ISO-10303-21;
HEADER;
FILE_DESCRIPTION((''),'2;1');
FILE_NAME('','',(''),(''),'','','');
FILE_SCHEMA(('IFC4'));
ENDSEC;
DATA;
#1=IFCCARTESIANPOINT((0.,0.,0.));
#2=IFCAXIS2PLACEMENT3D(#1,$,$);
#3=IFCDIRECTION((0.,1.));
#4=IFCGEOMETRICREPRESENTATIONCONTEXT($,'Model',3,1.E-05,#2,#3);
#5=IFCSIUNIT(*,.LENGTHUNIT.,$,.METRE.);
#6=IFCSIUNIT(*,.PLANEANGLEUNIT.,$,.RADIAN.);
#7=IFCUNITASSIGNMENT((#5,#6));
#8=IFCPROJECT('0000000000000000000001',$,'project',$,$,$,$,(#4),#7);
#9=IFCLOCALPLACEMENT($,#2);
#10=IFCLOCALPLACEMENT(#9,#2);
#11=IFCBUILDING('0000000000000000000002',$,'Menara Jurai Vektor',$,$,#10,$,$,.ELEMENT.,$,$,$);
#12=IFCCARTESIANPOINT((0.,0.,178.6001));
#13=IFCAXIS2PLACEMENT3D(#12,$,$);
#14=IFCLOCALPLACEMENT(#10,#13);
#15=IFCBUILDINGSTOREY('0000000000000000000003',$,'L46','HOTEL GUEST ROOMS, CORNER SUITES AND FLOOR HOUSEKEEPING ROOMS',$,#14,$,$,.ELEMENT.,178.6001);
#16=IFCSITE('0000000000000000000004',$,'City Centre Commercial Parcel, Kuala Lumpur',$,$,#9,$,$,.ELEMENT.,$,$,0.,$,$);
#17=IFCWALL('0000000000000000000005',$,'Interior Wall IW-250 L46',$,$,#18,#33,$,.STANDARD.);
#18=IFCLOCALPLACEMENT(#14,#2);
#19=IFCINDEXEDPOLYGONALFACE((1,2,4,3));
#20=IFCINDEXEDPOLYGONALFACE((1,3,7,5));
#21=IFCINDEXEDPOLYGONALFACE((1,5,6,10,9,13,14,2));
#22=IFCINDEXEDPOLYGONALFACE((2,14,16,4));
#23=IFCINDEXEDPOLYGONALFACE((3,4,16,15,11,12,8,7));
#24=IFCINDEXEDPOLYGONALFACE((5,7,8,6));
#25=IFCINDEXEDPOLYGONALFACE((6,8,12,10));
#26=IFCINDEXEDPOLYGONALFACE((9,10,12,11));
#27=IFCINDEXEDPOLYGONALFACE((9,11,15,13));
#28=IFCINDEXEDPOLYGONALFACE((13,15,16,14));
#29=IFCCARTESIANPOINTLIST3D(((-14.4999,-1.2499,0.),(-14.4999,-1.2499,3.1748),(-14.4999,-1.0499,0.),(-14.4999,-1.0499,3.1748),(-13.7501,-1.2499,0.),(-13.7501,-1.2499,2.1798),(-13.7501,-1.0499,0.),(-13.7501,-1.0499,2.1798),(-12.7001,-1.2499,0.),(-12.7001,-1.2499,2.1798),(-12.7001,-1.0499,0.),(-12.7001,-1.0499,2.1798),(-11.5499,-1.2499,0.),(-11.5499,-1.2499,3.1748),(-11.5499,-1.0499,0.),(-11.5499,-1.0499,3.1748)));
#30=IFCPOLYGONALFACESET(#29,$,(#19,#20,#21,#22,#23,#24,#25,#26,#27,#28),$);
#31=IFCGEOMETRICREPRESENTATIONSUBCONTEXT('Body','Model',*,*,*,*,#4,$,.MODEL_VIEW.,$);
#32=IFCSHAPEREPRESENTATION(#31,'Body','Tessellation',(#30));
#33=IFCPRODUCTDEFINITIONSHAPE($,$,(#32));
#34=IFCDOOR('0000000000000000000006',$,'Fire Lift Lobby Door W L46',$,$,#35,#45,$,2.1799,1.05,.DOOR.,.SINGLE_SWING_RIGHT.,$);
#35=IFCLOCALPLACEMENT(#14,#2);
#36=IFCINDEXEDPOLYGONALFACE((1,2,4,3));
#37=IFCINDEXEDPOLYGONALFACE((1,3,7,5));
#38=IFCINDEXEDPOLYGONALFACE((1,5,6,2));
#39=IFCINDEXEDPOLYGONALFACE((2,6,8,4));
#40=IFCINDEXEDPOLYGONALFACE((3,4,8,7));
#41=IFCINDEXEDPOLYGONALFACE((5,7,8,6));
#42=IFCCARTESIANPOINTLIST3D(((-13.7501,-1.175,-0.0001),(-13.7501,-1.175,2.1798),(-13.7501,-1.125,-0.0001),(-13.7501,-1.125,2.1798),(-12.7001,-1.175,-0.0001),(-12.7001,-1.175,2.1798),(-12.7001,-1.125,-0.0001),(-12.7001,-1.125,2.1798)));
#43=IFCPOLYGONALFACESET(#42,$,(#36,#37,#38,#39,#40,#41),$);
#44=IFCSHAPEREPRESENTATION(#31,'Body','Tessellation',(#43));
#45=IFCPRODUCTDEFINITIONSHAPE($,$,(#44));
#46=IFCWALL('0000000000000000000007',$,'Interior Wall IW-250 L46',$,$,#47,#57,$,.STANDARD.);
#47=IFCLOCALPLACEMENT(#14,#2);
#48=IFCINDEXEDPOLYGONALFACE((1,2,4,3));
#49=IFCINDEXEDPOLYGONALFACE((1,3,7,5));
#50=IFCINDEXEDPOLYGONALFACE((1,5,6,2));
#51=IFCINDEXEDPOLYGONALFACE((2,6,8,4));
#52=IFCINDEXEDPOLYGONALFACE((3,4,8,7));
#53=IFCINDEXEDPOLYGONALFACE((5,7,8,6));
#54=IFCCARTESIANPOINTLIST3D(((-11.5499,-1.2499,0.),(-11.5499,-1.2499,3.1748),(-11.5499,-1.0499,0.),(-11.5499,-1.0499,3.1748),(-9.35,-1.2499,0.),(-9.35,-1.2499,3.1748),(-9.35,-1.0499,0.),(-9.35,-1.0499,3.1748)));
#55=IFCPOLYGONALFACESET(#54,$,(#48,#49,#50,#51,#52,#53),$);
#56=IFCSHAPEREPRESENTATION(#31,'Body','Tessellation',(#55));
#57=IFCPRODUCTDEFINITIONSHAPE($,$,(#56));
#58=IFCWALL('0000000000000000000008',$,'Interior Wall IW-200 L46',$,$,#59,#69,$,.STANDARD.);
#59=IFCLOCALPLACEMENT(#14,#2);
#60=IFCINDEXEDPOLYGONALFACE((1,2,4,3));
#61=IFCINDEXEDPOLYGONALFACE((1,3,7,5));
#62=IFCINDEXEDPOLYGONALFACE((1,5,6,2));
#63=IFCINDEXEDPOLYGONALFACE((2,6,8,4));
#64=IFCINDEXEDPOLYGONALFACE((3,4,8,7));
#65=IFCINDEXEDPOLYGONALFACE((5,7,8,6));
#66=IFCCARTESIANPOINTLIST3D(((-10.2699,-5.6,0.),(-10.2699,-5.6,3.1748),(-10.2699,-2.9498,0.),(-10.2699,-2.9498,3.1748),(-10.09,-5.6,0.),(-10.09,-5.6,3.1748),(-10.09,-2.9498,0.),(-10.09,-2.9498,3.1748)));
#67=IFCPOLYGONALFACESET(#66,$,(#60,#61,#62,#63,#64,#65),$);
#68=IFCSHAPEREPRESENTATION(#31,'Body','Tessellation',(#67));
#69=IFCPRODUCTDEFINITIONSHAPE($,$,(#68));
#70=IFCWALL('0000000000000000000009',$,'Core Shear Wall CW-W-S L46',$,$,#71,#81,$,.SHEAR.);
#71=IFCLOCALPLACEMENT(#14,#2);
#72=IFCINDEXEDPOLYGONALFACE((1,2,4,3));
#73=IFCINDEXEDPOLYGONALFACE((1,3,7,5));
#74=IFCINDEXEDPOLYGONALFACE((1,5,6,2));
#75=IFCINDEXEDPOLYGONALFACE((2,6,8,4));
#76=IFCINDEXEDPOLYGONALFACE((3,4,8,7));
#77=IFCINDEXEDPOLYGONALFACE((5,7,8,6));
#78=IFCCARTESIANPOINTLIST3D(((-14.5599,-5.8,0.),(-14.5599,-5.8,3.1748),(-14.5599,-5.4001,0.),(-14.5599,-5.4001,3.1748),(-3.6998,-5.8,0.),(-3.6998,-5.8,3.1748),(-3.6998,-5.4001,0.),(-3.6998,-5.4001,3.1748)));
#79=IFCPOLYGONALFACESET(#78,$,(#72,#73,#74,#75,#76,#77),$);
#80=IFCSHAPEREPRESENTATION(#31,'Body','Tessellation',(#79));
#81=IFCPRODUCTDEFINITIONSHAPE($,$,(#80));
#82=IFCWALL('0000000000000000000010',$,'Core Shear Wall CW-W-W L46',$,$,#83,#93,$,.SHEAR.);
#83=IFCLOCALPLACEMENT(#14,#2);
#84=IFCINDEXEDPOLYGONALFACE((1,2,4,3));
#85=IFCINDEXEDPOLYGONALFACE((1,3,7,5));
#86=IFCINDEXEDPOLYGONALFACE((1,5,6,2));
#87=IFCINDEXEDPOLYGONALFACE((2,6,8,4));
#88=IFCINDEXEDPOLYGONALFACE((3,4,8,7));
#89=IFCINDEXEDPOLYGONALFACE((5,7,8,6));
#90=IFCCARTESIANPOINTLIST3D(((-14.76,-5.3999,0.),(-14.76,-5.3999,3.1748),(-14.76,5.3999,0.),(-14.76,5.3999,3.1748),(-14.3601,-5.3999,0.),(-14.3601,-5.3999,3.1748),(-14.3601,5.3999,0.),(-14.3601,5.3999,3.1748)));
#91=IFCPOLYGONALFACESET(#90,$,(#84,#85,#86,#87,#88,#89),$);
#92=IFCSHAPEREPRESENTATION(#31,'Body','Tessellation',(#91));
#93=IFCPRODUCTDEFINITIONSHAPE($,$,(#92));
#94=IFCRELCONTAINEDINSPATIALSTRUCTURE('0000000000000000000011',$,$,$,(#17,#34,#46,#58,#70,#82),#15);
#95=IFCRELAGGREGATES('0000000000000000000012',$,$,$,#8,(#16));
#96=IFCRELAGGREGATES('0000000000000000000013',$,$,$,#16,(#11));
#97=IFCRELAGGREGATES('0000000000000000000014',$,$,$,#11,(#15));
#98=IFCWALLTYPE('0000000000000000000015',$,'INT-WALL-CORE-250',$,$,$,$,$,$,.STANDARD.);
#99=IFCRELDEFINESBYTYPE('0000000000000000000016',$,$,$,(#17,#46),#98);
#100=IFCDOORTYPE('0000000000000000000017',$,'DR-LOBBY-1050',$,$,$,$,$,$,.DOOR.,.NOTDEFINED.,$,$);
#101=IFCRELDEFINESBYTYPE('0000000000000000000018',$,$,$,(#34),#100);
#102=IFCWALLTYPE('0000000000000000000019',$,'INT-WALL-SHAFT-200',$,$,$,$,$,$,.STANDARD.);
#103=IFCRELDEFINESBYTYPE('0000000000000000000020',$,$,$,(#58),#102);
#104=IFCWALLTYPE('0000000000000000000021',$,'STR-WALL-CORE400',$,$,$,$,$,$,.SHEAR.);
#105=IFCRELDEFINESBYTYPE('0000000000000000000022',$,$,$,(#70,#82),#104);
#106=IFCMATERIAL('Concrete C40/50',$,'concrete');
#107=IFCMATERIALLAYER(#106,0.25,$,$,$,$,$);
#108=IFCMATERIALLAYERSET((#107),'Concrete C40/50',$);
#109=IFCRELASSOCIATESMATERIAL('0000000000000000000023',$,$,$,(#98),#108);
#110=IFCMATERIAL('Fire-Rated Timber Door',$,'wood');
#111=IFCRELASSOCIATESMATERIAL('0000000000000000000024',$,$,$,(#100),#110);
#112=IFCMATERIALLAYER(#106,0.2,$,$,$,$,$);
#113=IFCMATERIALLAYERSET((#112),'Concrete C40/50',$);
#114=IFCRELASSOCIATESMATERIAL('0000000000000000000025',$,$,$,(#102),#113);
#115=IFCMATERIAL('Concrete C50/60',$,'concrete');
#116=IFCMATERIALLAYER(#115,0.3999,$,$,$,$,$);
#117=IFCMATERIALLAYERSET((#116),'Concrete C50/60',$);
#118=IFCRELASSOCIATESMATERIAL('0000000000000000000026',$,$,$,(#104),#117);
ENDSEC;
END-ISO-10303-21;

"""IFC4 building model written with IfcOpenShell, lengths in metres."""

from ifc_helpers import new_model, si_unit, direction, frame, frame_2d, origin, place, context, subcontext, project, spatial, rectangle, extrude, material, layer, layer_set, type_object, element, fill, save


model = new_model("IFC4")

# Units and contexts
model_context = context("Model", 3, precision=1e-05, world=origin(), true_north=direction((0.0, 1.0)))
body_context = subcontext(model_context, "Body", "Model", "MODEL_VIEW")
ifc_project = project(units=[si_unit("LENGTHUNIT", "METRE"), si_unit("PLANEANGLEUNIT", "RADIAN")], contexts=[model_context])

# Site, building, storey
site_placement = place(None, origin())
site = spatial("IfcSite", under=ifc_project, at=site_placement, Name="City Centre Commercial Parcel, Kuala Lumpur", CompositionType="ELEMENT", RefElevation=0.0)
building_placement = place(site_placement, origin())
building = spatial("IfcBuilding", under=site, at=building_placement, Name="Menara Jurai Vektor", CompositionType="ELEMENT")
storey_placement = place(building_placement, frame((0.0, 0.0, 178.6001)))
storey = spatial("IfcBuildingStorey", under=building, at=storey_placement, Name="L46", Description="HOTEL GUEST ROOMS, CORNER SUITES AND FLOOR HOUSEKEEPING ROOMS", CompositionType="ELEMENT", Elevation=178.6001)

# Shared definitions
ifc_material_1 = material(Name="Concrete C50/60", Category="concrete")

# Shared definitions
ifc_material_2 = material(Name="Concrete C40/50", Category="concrete")
ifc_layer_1 = layer(ifc_material_2, 0.25)
ifc_layer_set_1 = layer_set([ifc_layer_1], Name="Concrete C40/50")
wall_type_1 = type_object("IfcWallType", Name="INT-WALL-CORE-250", PredefinedType="STANDARD", material=ifc_layer_set_1)

# Wall, opening, door
wall_1_placement = place(storey_placement, frame((-14.5, -1.1499, 0.0), z_axis=(0.0, 0.0, 1.0), x_axis=(1.0, 0.0, 0.0)))
wall_1 = element("IfcWall", 1, at=wall_1_placement, inside=storey, type_object=wall_type_1, Name="Interior Wall IW-250 L46", PredefinedType="STANDARD", context=body_context, shape_type="SweptSolid", body=[
    extrude(rectangle(XDim=2.95, YDim=0.2, at=frame_2d((1.4751, 0.0))), origin(), (0.0, 0.0, 1.0), 3.1748),
])
opening_1_placement = place(wall_1_placement, frame((0.75, 0.0, 0.0)))
opening_1 = element("IfcOpeningElement", 2, at=opening_1_placement, cuts=wall_1, PredefinedType="OPENING", context=body_context, shape_type="SweptSolid", body=[
    extrude(rectangle(XDim=1.05, YDim=2.1799, at=frame_2d((0.5249, 1.0898))), frame((0.0, 0.1099, 0.0), z_axis=(0.0, -1.0, 0.0), x_axis=(1.0, 0.0, 0.0)), (0.0, 0.0, 1.0), 0.22),
])
ifc_material_3 = material(Name="Fire-Rated Timber Door", Category="wood")
door_type_1 = type_object("IfcDoorType", Name="DR-LOBBY-1050", OperationType="NOTDEFINED", PredefinedType="DOOR", material=ifc_material_3)
door_1_placement = place(opening_1_placement, origin())
door_1 = element("IfcDoor", 3, at=door_1_placement, inside=storey, type_object=door_type_1, Name="Fire Lift Lobby Door W L46", OperationType="SINGLE_SWING_RIGHT", OverallHeight=2.1799, OverallWidth=1.05, PredefinedType="DOOR", context=body_context, shape_type="SweptSolid", body=[
    extrude(rectangle(XDim=1.05, YDim=2.1799, at=frame_2d((0.5249, 1.0898))), frame((0.0, 0.0249, 0.0), z_axis=(0.0, -1.0, 0.0), x_axis=(1.0, 0.0, 0.0)), (0.0, 0.0, 1.0), 0.05),
])
fill(opening_1, door_1)

# Wall
wall_2_placement = place(storey_placement, frame((-11.55, -1.1499, 0.0), z_axis=(0.0, 0.0, 1.0), x_axis=(1.0, 0.0, 0.0)))
element("IfcWall", 4, at=wall_2_placement, inside=storey, type_object=wall_type_1, Name="Interior Wall IW-250 L46", PredefinedType="STANDARD", context=body_context, shape_type="SweptSolid", body=[
    extrude(rectangle(XDim=2.2, YDim=0.2, at=frame_2d((1.1001, 0.0))), origin(), (0.0, 0.0, 1.0), 3.1748),
])

# Shared definitions
ifc_layer_2 = layer(ifc_material_2, 0.2)
ifc_layer_set_2 = layer_set([ifc_layer_2], Name="Concrete C40/50")
wall_type_2 = type_object("IfcWallType", Name="INT-WALL-SHAFT-200", PredefinedType="STANDARD", material=ifc_layer_set_2)

# Walls
wall_3_placement = place(storey_placement, frame((-10.1799, -5.6001, 0.0), z_axis=(0.0, 0.0, 1.0), x_axis=(0.0, 1.0, 0.0)))
element("IfcWall", 5, at=wall_3_placement, inside=storey, type_object=wall_type_2, Name="Interior Wall IW-200 L46", PredefinedType="STANDARD", context=body_context, shape_type="SweptSolid", body=[
    extrude(rectangle(XDim=2.6501, YDim=0.1799, at=frame_2d((1.3252, 0.0))), origin(), (0.0, 0.0, 1.0), 3.1748),
])
ifc_layer_3 = layer(ifc_material_1, 0.3999)
ifc_layer_set_3 = layer_set([ifc_layer_3], Name="Concrete C50/60")
wall_type_3 = type_object("IfcWallType", Name="STR-WALL-CORE400", PredefinedType="SHEAR", material=ifc_layer_set_3)
wall_4_placement = place(storey_placement, frame((-14.5601, -5.6001, 0.0), z_axis=(0.0, 0.0, 1.0), x_axis=(1.0, 0.0, 0.0)))
element("IfcWall", 6, at=wall_4_placement, inside=storey, type_object=wall_type_3, Name="Core Shear Wall CW-W-S L46", PredefinedType="SHEAR", context=body_context, shape_type="SweptSolid", body=[
    extrude(rectangle(XDim=10.8601, YDim=0.3999, at=frame_2d((5.4302, 0.0))), origin(), (0.0, 0.0, 1.0), 3.1748),
])
wall_5_placement = place(storey_placement, frame((-14.5601, -5.3999, 0.0), z_axis=(0.0, 0.0, 1.0), x_axis=(0.0, 1.0, 0.0)))
element("IfcWall", 7, at=wall_5_placement, inside=storey, type_object=wall_type_3, Name="Core Shear Wall CW-W-W L46", PredefinedType="SHEAR", context=body_context, shape_type="SweptSolid", body=[
    extrude(rectangle(XDim=10.7998, YDim=0.3999, at=frame_2d((5.3999, 0.0))), origin(), (0.0, 0.0, 1.0), 3.1748),
])

save(model, "model.ifc")
